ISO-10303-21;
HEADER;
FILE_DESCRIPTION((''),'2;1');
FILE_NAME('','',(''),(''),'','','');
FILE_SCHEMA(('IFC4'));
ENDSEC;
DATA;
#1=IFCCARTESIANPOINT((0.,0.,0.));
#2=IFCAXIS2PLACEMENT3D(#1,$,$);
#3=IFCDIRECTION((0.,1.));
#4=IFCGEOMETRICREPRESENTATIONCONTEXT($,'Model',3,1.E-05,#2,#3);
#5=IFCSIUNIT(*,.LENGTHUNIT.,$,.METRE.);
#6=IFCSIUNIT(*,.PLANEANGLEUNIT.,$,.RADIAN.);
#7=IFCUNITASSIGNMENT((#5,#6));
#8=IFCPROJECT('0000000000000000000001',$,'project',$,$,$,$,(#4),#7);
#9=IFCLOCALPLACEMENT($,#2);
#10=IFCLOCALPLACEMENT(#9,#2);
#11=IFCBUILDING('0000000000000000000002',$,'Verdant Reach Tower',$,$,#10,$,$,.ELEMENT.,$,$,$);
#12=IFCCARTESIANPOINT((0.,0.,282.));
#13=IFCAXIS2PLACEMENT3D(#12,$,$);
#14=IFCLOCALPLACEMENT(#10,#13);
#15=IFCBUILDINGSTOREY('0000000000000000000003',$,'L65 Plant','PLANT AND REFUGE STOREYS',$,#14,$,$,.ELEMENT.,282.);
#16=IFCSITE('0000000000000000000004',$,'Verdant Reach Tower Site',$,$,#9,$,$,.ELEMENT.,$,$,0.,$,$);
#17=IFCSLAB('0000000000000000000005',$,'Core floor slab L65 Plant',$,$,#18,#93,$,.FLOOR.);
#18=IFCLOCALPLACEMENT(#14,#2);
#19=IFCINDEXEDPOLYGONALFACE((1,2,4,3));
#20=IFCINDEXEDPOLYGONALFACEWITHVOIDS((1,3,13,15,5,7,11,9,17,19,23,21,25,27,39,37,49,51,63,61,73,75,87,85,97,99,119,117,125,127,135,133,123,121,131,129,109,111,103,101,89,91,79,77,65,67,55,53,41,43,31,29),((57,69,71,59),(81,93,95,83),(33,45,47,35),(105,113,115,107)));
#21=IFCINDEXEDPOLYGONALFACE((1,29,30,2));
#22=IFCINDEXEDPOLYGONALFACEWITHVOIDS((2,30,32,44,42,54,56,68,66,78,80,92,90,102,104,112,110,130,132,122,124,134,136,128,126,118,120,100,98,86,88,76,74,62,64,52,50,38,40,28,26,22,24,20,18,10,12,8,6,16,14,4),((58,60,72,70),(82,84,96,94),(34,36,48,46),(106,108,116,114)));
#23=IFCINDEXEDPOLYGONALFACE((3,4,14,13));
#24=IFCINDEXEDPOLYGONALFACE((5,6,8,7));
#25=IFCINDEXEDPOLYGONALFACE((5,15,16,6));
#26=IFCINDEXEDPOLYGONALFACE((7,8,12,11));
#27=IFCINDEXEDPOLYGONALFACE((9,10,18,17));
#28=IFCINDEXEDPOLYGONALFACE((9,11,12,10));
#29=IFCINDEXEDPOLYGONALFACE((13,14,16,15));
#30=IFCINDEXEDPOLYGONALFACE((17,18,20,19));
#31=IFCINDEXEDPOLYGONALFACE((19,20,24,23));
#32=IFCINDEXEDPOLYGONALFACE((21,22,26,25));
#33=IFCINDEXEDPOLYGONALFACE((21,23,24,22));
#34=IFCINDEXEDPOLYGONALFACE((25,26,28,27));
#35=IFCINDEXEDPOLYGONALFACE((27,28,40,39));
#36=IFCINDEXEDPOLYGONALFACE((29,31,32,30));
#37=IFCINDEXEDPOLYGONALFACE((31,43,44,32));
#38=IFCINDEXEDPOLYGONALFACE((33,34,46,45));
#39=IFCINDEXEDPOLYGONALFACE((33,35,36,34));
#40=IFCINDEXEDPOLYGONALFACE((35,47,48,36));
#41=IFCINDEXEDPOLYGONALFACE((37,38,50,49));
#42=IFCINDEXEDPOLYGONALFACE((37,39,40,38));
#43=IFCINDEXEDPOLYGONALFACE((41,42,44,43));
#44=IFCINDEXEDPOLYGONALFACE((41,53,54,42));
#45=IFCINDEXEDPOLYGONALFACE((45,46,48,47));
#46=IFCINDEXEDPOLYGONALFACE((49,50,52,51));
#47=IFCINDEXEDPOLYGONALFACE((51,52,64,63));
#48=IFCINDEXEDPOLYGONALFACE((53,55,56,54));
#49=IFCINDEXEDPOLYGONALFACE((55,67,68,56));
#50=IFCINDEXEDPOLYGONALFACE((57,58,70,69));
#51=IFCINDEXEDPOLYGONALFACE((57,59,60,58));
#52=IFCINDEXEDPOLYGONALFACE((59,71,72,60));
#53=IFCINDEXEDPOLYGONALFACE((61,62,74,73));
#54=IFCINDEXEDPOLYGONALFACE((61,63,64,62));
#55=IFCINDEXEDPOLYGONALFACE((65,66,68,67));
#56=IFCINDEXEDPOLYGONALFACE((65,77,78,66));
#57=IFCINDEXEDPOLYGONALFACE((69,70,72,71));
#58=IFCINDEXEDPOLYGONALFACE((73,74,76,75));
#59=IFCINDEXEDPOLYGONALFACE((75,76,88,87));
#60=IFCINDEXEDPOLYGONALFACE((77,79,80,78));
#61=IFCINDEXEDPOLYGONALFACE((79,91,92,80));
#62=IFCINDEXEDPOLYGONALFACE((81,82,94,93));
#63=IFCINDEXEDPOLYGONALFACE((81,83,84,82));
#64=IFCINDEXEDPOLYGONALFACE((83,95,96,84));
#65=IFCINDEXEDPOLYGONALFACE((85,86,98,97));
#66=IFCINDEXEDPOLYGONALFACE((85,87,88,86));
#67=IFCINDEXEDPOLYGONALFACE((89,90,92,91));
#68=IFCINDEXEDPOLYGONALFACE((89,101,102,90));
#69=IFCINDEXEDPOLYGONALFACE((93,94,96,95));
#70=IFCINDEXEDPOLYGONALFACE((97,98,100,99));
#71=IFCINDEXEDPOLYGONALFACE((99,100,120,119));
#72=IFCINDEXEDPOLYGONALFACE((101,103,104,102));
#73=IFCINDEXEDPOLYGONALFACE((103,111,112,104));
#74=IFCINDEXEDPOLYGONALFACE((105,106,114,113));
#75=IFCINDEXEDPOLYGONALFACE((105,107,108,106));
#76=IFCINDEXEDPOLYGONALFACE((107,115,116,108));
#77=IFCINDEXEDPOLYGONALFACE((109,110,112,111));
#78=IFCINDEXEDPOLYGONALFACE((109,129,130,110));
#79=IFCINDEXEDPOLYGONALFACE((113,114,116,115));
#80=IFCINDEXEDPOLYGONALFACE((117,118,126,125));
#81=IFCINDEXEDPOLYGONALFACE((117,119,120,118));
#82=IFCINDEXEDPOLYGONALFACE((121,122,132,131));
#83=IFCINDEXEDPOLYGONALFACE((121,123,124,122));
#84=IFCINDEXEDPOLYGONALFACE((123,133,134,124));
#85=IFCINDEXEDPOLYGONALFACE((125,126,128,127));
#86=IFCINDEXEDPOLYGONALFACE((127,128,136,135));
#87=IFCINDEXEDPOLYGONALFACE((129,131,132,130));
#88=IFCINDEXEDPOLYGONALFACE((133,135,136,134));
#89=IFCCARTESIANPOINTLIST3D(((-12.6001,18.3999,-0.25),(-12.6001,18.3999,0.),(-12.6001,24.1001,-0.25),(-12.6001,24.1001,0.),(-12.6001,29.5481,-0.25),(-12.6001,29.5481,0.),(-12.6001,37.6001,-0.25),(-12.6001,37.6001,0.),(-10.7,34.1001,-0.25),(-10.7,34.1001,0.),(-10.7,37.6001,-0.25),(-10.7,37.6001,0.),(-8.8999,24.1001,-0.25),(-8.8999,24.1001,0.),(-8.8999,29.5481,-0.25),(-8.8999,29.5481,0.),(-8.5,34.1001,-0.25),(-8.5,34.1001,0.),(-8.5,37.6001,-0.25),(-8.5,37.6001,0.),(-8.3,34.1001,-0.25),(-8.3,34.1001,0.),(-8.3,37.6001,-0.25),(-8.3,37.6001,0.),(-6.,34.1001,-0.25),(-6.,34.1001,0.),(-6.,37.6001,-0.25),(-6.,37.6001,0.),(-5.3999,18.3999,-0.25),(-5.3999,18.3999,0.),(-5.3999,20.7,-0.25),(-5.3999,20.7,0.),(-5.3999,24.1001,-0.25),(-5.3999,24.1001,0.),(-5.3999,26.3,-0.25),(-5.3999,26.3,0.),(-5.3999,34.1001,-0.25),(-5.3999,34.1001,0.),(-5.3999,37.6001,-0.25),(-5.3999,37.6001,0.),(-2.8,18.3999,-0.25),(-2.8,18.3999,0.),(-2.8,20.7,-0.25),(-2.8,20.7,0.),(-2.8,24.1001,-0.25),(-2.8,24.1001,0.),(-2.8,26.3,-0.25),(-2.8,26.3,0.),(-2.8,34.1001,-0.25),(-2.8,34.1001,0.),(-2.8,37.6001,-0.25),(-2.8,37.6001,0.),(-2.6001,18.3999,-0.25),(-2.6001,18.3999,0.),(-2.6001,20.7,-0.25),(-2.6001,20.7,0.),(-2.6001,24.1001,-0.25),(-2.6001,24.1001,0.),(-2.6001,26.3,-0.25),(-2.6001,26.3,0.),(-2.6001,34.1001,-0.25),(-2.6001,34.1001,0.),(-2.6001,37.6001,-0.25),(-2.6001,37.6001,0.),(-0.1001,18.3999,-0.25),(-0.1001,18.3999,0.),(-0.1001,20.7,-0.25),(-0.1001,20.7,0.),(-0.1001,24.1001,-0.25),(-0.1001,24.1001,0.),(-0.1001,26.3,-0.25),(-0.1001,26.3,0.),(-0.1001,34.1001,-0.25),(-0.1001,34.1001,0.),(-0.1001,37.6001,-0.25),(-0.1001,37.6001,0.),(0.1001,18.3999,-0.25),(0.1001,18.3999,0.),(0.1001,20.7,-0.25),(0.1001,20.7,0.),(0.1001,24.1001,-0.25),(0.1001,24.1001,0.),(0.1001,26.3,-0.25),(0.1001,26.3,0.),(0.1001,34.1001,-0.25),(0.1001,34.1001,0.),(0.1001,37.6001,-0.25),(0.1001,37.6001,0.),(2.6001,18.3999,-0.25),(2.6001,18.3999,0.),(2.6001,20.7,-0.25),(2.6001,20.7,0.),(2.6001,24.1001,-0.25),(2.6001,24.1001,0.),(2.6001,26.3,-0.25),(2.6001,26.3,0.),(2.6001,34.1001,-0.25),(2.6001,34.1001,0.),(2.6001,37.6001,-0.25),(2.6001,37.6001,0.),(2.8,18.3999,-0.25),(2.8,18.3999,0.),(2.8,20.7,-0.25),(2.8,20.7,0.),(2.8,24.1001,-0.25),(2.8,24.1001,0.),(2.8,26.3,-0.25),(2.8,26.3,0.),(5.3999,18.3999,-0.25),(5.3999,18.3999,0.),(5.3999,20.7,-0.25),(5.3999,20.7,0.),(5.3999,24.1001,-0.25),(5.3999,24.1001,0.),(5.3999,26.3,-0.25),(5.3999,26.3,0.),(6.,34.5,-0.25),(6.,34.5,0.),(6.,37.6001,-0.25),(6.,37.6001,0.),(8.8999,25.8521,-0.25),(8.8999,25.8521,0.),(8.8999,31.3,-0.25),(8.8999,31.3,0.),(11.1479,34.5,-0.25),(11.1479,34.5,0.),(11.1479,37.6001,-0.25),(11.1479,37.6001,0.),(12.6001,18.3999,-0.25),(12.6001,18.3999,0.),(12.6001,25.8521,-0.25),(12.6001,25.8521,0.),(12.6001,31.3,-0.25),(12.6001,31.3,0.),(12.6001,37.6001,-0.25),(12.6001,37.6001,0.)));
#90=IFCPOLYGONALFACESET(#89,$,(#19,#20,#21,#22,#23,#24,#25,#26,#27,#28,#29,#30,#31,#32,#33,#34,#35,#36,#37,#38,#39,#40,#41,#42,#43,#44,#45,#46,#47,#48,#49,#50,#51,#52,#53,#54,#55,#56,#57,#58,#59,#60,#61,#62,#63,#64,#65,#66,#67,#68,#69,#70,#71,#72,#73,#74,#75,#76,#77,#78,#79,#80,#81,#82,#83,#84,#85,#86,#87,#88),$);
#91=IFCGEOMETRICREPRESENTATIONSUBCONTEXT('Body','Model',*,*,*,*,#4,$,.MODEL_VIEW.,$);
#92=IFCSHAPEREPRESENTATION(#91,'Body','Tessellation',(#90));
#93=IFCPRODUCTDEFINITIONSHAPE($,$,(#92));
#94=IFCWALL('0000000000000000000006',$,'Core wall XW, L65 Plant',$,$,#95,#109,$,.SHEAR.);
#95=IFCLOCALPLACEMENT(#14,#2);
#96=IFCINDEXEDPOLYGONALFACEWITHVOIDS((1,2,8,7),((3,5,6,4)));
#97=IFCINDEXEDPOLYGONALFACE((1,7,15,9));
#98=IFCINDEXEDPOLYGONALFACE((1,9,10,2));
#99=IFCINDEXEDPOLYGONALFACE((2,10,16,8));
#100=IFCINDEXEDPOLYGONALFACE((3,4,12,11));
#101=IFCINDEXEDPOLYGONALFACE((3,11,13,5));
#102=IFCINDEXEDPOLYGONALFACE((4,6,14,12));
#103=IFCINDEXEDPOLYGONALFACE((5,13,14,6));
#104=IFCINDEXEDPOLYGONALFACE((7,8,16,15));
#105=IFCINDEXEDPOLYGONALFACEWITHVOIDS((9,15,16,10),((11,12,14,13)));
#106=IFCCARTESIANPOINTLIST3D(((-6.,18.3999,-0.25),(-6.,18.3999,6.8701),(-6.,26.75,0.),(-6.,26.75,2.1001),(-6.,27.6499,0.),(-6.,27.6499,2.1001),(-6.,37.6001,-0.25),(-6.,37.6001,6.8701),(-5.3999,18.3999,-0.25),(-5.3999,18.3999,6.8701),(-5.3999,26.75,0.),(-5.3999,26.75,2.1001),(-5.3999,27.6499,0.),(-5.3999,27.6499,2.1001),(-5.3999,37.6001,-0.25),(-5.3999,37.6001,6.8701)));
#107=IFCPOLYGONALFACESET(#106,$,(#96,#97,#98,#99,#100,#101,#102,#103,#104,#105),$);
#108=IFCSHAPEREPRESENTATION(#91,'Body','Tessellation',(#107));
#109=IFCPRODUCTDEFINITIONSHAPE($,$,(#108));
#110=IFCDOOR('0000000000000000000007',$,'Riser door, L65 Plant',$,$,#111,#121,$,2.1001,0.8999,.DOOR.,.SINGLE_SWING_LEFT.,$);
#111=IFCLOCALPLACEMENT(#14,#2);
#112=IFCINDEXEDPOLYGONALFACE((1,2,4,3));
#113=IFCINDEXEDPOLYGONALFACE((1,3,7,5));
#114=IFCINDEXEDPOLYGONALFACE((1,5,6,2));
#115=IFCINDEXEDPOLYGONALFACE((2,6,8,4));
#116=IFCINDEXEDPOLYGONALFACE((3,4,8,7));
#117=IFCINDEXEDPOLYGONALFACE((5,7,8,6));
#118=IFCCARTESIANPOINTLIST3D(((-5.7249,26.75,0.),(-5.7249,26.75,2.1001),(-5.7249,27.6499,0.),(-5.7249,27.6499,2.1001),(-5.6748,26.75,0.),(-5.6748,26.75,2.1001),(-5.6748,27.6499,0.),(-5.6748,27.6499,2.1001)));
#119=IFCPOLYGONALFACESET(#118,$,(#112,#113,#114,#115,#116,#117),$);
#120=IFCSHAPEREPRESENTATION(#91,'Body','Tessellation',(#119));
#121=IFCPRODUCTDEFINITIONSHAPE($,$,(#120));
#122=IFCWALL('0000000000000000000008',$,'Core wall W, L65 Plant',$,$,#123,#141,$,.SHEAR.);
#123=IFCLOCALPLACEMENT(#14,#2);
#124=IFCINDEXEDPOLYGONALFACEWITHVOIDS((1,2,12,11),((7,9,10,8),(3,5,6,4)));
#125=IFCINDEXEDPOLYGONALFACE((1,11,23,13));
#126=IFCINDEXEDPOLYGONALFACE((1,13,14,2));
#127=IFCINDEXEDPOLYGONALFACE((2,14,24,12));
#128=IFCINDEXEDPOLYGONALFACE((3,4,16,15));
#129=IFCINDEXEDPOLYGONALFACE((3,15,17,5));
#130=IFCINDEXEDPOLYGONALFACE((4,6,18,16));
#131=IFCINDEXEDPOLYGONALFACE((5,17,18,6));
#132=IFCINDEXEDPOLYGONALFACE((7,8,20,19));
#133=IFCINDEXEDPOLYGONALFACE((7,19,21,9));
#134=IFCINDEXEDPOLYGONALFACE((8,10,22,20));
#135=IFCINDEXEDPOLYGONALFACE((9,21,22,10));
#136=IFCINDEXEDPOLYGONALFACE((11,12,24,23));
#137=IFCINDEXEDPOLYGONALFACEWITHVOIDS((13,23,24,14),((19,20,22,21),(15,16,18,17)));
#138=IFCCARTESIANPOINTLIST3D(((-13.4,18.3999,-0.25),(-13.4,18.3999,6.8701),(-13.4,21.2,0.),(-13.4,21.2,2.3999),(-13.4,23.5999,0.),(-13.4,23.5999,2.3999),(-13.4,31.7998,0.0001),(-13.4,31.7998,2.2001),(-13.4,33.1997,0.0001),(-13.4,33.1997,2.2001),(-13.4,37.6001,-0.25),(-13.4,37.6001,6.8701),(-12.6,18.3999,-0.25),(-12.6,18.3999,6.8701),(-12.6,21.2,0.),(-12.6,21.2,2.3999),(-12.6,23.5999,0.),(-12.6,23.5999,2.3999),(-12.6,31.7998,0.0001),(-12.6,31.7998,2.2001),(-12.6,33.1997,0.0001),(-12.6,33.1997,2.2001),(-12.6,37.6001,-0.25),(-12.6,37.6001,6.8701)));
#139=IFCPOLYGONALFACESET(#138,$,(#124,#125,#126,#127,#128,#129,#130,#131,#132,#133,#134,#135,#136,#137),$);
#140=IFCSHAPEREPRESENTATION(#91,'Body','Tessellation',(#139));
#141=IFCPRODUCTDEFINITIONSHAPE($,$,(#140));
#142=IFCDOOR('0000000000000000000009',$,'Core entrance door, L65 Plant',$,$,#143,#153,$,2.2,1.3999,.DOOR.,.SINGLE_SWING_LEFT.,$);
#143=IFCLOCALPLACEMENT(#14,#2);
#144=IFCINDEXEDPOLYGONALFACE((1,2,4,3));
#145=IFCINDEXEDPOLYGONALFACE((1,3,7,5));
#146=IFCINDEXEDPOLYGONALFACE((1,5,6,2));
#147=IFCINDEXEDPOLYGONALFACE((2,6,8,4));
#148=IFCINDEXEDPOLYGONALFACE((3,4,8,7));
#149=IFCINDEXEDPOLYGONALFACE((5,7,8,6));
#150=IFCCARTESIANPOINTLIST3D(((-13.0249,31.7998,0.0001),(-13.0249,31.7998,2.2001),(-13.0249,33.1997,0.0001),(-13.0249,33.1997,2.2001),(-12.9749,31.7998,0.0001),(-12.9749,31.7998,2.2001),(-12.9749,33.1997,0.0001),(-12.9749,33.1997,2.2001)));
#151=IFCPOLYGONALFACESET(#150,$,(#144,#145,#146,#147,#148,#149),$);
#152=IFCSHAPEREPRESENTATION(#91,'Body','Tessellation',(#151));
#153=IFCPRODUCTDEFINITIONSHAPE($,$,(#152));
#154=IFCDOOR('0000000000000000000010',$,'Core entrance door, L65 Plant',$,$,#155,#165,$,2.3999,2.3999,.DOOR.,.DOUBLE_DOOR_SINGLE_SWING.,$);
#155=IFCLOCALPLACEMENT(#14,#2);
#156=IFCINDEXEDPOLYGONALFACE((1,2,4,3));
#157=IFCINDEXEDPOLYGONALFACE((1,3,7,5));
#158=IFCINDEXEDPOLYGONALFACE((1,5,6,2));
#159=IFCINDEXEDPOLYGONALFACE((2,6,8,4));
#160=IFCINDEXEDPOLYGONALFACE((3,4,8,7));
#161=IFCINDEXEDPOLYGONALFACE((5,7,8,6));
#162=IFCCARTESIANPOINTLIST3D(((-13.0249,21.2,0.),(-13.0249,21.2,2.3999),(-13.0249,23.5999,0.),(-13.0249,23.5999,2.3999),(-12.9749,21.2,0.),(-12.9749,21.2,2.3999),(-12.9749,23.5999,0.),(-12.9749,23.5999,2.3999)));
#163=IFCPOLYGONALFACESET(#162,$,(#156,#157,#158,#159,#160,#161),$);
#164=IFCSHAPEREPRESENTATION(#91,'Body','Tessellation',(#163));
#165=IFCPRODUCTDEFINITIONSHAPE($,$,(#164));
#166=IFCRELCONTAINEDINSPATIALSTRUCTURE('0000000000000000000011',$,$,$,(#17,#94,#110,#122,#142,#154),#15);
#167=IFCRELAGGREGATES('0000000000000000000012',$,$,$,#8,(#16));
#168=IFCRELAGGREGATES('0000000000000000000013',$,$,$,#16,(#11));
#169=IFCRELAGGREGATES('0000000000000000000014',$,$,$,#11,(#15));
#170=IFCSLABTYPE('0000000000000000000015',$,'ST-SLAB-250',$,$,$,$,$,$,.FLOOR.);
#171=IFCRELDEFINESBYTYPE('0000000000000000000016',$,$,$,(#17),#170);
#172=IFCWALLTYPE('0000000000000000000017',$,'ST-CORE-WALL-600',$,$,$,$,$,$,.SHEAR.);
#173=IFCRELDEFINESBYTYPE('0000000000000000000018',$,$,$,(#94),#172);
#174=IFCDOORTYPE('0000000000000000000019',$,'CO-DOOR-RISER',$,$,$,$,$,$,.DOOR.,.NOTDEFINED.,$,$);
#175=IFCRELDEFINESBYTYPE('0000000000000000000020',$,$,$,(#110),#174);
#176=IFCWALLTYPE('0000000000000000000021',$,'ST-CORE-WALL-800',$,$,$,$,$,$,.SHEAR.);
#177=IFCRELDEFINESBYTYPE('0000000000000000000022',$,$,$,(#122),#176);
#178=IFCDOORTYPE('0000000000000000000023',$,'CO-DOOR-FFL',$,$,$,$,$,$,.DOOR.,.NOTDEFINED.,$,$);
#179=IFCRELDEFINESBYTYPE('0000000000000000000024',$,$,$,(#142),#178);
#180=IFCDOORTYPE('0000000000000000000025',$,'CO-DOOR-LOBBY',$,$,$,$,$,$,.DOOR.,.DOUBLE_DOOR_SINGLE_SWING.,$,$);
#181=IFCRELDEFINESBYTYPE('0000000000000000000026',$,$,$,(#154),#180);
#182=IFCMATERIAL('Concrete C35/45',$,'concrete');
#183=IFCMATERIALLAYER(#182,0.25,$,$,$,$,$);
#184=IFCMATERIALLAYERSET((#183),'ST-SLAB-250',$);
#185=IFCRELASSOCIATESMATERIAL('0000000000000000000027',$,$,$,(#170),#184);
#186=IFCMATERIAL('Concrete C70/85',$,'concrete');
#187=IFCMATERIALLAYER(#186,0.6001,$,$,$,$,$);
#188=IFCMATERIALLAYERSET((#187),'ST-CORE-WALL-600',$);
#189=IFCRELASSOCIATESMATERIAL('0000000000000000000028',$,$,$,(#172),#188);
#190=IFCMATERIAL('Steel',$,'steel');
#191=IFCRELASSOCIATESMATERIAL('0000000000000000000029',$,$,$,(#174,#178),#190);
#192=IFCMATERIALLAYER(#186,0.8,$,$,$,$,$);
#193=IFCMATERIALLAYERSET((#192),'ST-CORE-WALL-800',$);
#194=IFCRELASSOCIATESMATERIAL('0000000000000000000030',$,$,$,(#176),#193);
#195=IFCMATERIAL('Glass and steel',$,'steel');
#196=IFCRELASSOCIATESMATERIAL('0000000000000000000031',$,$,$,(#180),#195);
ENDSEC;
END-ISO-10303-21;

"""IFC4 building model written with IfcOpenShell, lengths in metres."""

from ifc_helpers import new_model, si_unit, direction, frame, frame_2d, origin, place, context, subcontext, project, spatial, polyline, rectangle, outline, extrude, material, layer, layer_set, type_object, element, fill, save


model = new_model("IFC4")

# Units and contexts
model_context = context("Model", 3, precision=1e-05, world=origin(), true_north=direction((0.0, 1.0)))
body_context = subcontext(model_context, "Body", "Model", "MODEL_VIEW")
ifc_project = project(units=[si_unit("LENGTHUNIT", "METRE"), si_unit("PLANEANGLEUNIT", "RADIAN")], contexts=[model_context])

# Site, building, storey
site_placement = place(None, origin())
site = spatial("IfcSite", under=ifc_project, at=site_placement, Name="Verdant Reach Tower Site", CompositionType="ELEMENT", RefElevation=0.0)
building_placement = place(site_placement, origin())
building = spatial("IfcBuilding", under=site, at=building_placement, Name="Verdant Reach Tower", CompositionType="ELEMENT")
storey_placement = place(building_placement, frame((0.0, 0.0, 282.0)))
storey = spatial("IfcBuildingStorey", under=building, at=storey_placement, Name="L65 Plant", Description="PLANT AND REFUGE STOREYS", CompositionType="ELEMENT", Elevation=282.0)

# Slab
ifc_material_1 = material(Name="Concrete C35/45", Category="concrete")
ifc_layer_1 = layer(ifc_material_1, 0.25)
ifc_layer_set_1 = layer_set([ifc_layer_1], Name="ST-SLAB-250")
slab_type_1 = type_object("IfcSlabType", Name="ST-SLAB-250", PredefinedType="FLOOR", material=ifc_layer_set_1)
slab_1_placement = place(storey_placement, frame((0.0, 0.0, -0.25)))
element("IfcSlab", 1, at=slab_1_placement, inside=storey, type_object=slab_type_1, Name="Core floor slab L65 Plant", PredefinedType="FLOOR", context=body_context, shape_type="SweptSolid", body=[
    extrude(outline(polyline([(12.6001, 18.3999), (5.3999, 18.3999), (5.3999, 20.7), (2.8, 20.7), (2.8, 18.3999), (2.6001, 18.3999), (2.6001, 20.7), (0.1001, 20.7), (0.1001, 18.3999), (-0.1001, 18.3999), (-0.1001, 20.7), (-2.6001, 20.7), (-2.6001, 18.3999), (-2.8, 18.3999), (-2.8, 20.7), (-5.3999, 20.7), (-5.3999, 18.3999), (-12.6001, 18.3999), (-12.6001, 24.1001), (-8.8999, 24.1001), (-8.8999, 29.5481), (-12.6001, 29.5481), (-12.6001, 37.6001), (-10.7, 37.6001), (-10.7, 34.1001), (-8.5, 34.1001), (-8.5, 37.6001), (-8.3, 37.6001), (-8.3, 34.1001), (-6.0, 34.1001), (-6.0, 37.6001), (-5.3999, 37.6001), (-5.3999, 34.1001), (-2.8, 34.1001), (-2.8, 37.6001), (-2.6001, 37.6001), (-2.6001, 34.1001), (-0.1001, 34.1001), (-0.1001, 37.6001), (0.1001, 37.6001), (0.1001, 34.1001), (2.6001, 34.1001), (2.6001, 37.6001), (6.0, 37.6001), (6.0, 34.5), (11.1479, 34.5), (11.1479, 37.6001), (12.6001, 37.6001), (12.6001, 31.3), (8.8999, 31.3), (8.8999, 25.8521), (12.6001, 25.8521), (12.6001, 18.3999)]), holes=[polyline([(-2.8, 24.1001), (-2.8, 26.3), (-5.3999, 26.3), (-5.3999, 24.1001), (-2.8, 24.1001)]), polyline([(-0.1001, 24.1001), (-0.1001, 26.3), (-2.6001, 26.3), (-2.6001, 24.1001), (-0.1001, 24.1001)]), polyline([(2.6001, 24.1001), (2.6001, 26.3), (0.1001, 26.3), (0.1001, 24.1001), (2.6001, 24.1001)]), polyline([(5.3999, 24.1001), (5.3999, 26.3), (2.8, 26.3), (2.8, 24.1001), (5.3999, 24.1001)])]), origin(), (0.0, 0.0, 1.0), 0.25),
])

# Wall, opening, door
ifc_material_2 = material(Name="Concrete C70/85", Category="concrete")
ifc_layer_2 = layer(ifc_material_2, 0.6001)
ifc_layer_set_2 = layer_set([ifc_layer_2], Name="ST-CORE-WALL-600")
wall_type_1 = type_object("IfcWallType", Name="ST-CORE-WALL-600", PredefinedType="SHEAR", material=ifc_layer_set_2)
wall_1_placement = place(storey_placement, frame((-5.7, 18.3999, -0.25), z_axis=(0.0, 0.0, 1.0), x_axis=(0.0, 1.0, 0.0)))
wall_1 = element("IfcWall", 2, at=wall_1_placement, inside=storey, type_object=wall_type_1, Name="Core wall XW, L65 Plant", PredefinedType="SHEAR", context=body_context, shape_type="SweptSolid", body=[
    extrude(rectangle(XDim=19.2002, YDim=0.6001, at=frame_2d((9.6001, 0.0))), origin(), (0.0, 0.0, 1.0), 7.1201),
])
opening_1_placement = place(wall_1_placement, frame((8.3501, 0.0, 0.25)))
opening_1 = element("IfcOpeningElement", 3, at=opening_1_placement, cuts=wall_1, PredefinedType="OPENING", context=body_context, shape_type="SweptSolid", body=[
    extrude(rectangle(XDim=0.8999, YDim=2.1001, at=frame_2d((0.45, 1.05))), frame((0.0, 0.3101, 0.0), z_axis=(0.0, -1.0, 0.0), x_axis=(1.0, 0.0, 0.0)), (0.0, 0.0, 1.0), 0.6201),
])
ifc_material_3 = material(Name="Steel", Category="steel")
door_type_1 = type_object("IfcDoorType", Name="CO-DOOR-RISER", OperationType="NOTDEFINED", PredefinedType="DOOR", material=ifc_material_3)
door_1_placement = place(opening_1_placement, origin())
door_1 = element("IfcDoor", 4, at=door_1_placement, inside=storey, type_object=door_type_1, Name="Riser door, L65 Plant", OperationType="SINGLE_SWING_LEFT", OverallHeight=2.1001, OverallWidth=0.8999, PredefinedType="DOOR", context=body_context, shape_type="SweptSolid", body=[
    extrude(rectangle(XDim=0.8999, YDim=2.1001, at=frame_2d((0.45, 1.05))), frame((0.0, 0.0249, 0.0), z_axis=(0.0, -1.0, 0.0), x_axis=(1.0, 0.0, 0.0)), (0.0, 0.0, 1.0), 0.05),
])
fill(opening_1, door_1)

# Wall, openings, doors
ifc_layer_3 = layer(ifc_material_2, 0.8)
ifc_layer_set_3 = layer_set([ifc_layer_3], Name="ST-CORE-WALL-800")
wall_type_2 = type_object("IfcWallType", Name="ST-CORE-WALL-800", PredefinedType="SHEAR", material=ifc_layer_set_3)
wall_2_placement = place(storey_placement, frame((-13.0, 18.3999, -0.25), z_axis=(0.0, 0.0, 1.0), x_axis=(0.0, 1.0, 0.0)))
wall_2 = element("IfcWall", 5, at=wall_2_placement, inside=storey, type_object=wall_type_2, Name="Core wall W, L65 Plant", PredefinedType="SHEAR", context=body_context, shape_type="SweptSolid", body=[
    extrude(rectangle(XDim=19.2002, YDim=0.8, at=frame_2d((9.6001, 0.0))), origin(), (0.0, 0.0, 1.0), 7.1201),
])
opening_2_placement = place(wall_2_placement, frame((2.8, 0.0, 0.25)))
opening_2 = element("IfcOpeningElement", 6, at=opening_2_placement, cuts=wall_2, PredefinedType="OPENING", context=body_context, shape_type="SweptSolid", body=[
    extrude(rectangle(XDim=2.3999, YDim=2.3999, at=frame_2d((1.2, 1.2))), frame((0.0, 0.4099, 0.0), z_axis=(0.0, -1.0, 0.0), x_axis=(1.0, 0.0, 0.0)), (0.0, 0.0, 1.0), 0.8201),
])
opening_3_placement = place(wall_2_placement, frame((13.3999, 0.0, 0.25)))
opening_3 = element("IfcOpeningElement", 7, at=opening_3_placement, cuts=wall_2, PredefinedType="OPENING", context=body_context, shape_type="SweptSolid", body=[
    extrude(rectangle(XDim=1.3999, YDim=2.2, at=frame_2d((0.7, 1.1001))), frame((0.0, 0.4099, 0.0), z_axis=(0.0, -1.0, 0.0), x_axis=(1.0, 0.0, 0.0)), (0.0, 0.0, 1.0), 0.8201),
])
door_type_2 = type_object("IfcDoorType", Name="CO-DOOR-FFL", OperationType="NOTDEFINED", PredefinedType="DOOR", material=ifc_material_3)
door_2_placement = place(opening_3_placement, origin())
door_2 = element("IfcDoor", 8, at=door_2_placement, inside=storey, type_object=door_type_2, Name="Core entrance door, L65 Plant", OperationType="SINGLE_SWING_LEFT", OverallHeight=2.2, OverallWidth=1.3999, PredefinedType="DOOR", context=body_context, shape_type="SweptSolid", body=[
    extrude(rectangle(XDim=1.3999, YDim=2.2, at=frame_2d((0.7, 1.1001))), frame((0.0, 0.0249, 0.0), z_axis=(0.0, -1.0, 0.0), x_axis=(1.0, 0.0, 0.0)), (0.0, 0.0, 1.0), 0.05),
])
fill(opening_3, door_2)
ifc_material_4 = material(Name="Glass and steel", Category="steel")
door_type_3 = type_object("IfcDoorType", Name="CO-DOOR-LOBBY", OperationType="DOUBLE_DOOR_SINGLE_SWING", PredefinedType="DOOR", material=ifc_material_4)
door_3_placement = place(opening_2_placement, origin())
door_3 = element("IfcDoor", 9, at=door_3_placement, inside=storey, type_object=door_type_3, Name="Core entrance door, L65 Plant", OperationType="DOUBLE_DOOR_SINGLE_SWING", OverallHeight=2.3999, OverallWidth=2.3999, PredefinedType="DOOR", context=body_context, shape_type="SweptSolid", body=[
    extrude(rectangle(XDim=2.3999, YDim=2.3999, at=frame_2d((1.2, 1.2))), frame((0.0, 0.0249, 0.0), z_axis=(0.0, -1.0, 0.0), x_axis=(1.0, 0.0, 0.0)), (0.0, 0.0, 1.0), 0.05),
])
fill(opening_2, door_3)

save(model, "model.ifc")
